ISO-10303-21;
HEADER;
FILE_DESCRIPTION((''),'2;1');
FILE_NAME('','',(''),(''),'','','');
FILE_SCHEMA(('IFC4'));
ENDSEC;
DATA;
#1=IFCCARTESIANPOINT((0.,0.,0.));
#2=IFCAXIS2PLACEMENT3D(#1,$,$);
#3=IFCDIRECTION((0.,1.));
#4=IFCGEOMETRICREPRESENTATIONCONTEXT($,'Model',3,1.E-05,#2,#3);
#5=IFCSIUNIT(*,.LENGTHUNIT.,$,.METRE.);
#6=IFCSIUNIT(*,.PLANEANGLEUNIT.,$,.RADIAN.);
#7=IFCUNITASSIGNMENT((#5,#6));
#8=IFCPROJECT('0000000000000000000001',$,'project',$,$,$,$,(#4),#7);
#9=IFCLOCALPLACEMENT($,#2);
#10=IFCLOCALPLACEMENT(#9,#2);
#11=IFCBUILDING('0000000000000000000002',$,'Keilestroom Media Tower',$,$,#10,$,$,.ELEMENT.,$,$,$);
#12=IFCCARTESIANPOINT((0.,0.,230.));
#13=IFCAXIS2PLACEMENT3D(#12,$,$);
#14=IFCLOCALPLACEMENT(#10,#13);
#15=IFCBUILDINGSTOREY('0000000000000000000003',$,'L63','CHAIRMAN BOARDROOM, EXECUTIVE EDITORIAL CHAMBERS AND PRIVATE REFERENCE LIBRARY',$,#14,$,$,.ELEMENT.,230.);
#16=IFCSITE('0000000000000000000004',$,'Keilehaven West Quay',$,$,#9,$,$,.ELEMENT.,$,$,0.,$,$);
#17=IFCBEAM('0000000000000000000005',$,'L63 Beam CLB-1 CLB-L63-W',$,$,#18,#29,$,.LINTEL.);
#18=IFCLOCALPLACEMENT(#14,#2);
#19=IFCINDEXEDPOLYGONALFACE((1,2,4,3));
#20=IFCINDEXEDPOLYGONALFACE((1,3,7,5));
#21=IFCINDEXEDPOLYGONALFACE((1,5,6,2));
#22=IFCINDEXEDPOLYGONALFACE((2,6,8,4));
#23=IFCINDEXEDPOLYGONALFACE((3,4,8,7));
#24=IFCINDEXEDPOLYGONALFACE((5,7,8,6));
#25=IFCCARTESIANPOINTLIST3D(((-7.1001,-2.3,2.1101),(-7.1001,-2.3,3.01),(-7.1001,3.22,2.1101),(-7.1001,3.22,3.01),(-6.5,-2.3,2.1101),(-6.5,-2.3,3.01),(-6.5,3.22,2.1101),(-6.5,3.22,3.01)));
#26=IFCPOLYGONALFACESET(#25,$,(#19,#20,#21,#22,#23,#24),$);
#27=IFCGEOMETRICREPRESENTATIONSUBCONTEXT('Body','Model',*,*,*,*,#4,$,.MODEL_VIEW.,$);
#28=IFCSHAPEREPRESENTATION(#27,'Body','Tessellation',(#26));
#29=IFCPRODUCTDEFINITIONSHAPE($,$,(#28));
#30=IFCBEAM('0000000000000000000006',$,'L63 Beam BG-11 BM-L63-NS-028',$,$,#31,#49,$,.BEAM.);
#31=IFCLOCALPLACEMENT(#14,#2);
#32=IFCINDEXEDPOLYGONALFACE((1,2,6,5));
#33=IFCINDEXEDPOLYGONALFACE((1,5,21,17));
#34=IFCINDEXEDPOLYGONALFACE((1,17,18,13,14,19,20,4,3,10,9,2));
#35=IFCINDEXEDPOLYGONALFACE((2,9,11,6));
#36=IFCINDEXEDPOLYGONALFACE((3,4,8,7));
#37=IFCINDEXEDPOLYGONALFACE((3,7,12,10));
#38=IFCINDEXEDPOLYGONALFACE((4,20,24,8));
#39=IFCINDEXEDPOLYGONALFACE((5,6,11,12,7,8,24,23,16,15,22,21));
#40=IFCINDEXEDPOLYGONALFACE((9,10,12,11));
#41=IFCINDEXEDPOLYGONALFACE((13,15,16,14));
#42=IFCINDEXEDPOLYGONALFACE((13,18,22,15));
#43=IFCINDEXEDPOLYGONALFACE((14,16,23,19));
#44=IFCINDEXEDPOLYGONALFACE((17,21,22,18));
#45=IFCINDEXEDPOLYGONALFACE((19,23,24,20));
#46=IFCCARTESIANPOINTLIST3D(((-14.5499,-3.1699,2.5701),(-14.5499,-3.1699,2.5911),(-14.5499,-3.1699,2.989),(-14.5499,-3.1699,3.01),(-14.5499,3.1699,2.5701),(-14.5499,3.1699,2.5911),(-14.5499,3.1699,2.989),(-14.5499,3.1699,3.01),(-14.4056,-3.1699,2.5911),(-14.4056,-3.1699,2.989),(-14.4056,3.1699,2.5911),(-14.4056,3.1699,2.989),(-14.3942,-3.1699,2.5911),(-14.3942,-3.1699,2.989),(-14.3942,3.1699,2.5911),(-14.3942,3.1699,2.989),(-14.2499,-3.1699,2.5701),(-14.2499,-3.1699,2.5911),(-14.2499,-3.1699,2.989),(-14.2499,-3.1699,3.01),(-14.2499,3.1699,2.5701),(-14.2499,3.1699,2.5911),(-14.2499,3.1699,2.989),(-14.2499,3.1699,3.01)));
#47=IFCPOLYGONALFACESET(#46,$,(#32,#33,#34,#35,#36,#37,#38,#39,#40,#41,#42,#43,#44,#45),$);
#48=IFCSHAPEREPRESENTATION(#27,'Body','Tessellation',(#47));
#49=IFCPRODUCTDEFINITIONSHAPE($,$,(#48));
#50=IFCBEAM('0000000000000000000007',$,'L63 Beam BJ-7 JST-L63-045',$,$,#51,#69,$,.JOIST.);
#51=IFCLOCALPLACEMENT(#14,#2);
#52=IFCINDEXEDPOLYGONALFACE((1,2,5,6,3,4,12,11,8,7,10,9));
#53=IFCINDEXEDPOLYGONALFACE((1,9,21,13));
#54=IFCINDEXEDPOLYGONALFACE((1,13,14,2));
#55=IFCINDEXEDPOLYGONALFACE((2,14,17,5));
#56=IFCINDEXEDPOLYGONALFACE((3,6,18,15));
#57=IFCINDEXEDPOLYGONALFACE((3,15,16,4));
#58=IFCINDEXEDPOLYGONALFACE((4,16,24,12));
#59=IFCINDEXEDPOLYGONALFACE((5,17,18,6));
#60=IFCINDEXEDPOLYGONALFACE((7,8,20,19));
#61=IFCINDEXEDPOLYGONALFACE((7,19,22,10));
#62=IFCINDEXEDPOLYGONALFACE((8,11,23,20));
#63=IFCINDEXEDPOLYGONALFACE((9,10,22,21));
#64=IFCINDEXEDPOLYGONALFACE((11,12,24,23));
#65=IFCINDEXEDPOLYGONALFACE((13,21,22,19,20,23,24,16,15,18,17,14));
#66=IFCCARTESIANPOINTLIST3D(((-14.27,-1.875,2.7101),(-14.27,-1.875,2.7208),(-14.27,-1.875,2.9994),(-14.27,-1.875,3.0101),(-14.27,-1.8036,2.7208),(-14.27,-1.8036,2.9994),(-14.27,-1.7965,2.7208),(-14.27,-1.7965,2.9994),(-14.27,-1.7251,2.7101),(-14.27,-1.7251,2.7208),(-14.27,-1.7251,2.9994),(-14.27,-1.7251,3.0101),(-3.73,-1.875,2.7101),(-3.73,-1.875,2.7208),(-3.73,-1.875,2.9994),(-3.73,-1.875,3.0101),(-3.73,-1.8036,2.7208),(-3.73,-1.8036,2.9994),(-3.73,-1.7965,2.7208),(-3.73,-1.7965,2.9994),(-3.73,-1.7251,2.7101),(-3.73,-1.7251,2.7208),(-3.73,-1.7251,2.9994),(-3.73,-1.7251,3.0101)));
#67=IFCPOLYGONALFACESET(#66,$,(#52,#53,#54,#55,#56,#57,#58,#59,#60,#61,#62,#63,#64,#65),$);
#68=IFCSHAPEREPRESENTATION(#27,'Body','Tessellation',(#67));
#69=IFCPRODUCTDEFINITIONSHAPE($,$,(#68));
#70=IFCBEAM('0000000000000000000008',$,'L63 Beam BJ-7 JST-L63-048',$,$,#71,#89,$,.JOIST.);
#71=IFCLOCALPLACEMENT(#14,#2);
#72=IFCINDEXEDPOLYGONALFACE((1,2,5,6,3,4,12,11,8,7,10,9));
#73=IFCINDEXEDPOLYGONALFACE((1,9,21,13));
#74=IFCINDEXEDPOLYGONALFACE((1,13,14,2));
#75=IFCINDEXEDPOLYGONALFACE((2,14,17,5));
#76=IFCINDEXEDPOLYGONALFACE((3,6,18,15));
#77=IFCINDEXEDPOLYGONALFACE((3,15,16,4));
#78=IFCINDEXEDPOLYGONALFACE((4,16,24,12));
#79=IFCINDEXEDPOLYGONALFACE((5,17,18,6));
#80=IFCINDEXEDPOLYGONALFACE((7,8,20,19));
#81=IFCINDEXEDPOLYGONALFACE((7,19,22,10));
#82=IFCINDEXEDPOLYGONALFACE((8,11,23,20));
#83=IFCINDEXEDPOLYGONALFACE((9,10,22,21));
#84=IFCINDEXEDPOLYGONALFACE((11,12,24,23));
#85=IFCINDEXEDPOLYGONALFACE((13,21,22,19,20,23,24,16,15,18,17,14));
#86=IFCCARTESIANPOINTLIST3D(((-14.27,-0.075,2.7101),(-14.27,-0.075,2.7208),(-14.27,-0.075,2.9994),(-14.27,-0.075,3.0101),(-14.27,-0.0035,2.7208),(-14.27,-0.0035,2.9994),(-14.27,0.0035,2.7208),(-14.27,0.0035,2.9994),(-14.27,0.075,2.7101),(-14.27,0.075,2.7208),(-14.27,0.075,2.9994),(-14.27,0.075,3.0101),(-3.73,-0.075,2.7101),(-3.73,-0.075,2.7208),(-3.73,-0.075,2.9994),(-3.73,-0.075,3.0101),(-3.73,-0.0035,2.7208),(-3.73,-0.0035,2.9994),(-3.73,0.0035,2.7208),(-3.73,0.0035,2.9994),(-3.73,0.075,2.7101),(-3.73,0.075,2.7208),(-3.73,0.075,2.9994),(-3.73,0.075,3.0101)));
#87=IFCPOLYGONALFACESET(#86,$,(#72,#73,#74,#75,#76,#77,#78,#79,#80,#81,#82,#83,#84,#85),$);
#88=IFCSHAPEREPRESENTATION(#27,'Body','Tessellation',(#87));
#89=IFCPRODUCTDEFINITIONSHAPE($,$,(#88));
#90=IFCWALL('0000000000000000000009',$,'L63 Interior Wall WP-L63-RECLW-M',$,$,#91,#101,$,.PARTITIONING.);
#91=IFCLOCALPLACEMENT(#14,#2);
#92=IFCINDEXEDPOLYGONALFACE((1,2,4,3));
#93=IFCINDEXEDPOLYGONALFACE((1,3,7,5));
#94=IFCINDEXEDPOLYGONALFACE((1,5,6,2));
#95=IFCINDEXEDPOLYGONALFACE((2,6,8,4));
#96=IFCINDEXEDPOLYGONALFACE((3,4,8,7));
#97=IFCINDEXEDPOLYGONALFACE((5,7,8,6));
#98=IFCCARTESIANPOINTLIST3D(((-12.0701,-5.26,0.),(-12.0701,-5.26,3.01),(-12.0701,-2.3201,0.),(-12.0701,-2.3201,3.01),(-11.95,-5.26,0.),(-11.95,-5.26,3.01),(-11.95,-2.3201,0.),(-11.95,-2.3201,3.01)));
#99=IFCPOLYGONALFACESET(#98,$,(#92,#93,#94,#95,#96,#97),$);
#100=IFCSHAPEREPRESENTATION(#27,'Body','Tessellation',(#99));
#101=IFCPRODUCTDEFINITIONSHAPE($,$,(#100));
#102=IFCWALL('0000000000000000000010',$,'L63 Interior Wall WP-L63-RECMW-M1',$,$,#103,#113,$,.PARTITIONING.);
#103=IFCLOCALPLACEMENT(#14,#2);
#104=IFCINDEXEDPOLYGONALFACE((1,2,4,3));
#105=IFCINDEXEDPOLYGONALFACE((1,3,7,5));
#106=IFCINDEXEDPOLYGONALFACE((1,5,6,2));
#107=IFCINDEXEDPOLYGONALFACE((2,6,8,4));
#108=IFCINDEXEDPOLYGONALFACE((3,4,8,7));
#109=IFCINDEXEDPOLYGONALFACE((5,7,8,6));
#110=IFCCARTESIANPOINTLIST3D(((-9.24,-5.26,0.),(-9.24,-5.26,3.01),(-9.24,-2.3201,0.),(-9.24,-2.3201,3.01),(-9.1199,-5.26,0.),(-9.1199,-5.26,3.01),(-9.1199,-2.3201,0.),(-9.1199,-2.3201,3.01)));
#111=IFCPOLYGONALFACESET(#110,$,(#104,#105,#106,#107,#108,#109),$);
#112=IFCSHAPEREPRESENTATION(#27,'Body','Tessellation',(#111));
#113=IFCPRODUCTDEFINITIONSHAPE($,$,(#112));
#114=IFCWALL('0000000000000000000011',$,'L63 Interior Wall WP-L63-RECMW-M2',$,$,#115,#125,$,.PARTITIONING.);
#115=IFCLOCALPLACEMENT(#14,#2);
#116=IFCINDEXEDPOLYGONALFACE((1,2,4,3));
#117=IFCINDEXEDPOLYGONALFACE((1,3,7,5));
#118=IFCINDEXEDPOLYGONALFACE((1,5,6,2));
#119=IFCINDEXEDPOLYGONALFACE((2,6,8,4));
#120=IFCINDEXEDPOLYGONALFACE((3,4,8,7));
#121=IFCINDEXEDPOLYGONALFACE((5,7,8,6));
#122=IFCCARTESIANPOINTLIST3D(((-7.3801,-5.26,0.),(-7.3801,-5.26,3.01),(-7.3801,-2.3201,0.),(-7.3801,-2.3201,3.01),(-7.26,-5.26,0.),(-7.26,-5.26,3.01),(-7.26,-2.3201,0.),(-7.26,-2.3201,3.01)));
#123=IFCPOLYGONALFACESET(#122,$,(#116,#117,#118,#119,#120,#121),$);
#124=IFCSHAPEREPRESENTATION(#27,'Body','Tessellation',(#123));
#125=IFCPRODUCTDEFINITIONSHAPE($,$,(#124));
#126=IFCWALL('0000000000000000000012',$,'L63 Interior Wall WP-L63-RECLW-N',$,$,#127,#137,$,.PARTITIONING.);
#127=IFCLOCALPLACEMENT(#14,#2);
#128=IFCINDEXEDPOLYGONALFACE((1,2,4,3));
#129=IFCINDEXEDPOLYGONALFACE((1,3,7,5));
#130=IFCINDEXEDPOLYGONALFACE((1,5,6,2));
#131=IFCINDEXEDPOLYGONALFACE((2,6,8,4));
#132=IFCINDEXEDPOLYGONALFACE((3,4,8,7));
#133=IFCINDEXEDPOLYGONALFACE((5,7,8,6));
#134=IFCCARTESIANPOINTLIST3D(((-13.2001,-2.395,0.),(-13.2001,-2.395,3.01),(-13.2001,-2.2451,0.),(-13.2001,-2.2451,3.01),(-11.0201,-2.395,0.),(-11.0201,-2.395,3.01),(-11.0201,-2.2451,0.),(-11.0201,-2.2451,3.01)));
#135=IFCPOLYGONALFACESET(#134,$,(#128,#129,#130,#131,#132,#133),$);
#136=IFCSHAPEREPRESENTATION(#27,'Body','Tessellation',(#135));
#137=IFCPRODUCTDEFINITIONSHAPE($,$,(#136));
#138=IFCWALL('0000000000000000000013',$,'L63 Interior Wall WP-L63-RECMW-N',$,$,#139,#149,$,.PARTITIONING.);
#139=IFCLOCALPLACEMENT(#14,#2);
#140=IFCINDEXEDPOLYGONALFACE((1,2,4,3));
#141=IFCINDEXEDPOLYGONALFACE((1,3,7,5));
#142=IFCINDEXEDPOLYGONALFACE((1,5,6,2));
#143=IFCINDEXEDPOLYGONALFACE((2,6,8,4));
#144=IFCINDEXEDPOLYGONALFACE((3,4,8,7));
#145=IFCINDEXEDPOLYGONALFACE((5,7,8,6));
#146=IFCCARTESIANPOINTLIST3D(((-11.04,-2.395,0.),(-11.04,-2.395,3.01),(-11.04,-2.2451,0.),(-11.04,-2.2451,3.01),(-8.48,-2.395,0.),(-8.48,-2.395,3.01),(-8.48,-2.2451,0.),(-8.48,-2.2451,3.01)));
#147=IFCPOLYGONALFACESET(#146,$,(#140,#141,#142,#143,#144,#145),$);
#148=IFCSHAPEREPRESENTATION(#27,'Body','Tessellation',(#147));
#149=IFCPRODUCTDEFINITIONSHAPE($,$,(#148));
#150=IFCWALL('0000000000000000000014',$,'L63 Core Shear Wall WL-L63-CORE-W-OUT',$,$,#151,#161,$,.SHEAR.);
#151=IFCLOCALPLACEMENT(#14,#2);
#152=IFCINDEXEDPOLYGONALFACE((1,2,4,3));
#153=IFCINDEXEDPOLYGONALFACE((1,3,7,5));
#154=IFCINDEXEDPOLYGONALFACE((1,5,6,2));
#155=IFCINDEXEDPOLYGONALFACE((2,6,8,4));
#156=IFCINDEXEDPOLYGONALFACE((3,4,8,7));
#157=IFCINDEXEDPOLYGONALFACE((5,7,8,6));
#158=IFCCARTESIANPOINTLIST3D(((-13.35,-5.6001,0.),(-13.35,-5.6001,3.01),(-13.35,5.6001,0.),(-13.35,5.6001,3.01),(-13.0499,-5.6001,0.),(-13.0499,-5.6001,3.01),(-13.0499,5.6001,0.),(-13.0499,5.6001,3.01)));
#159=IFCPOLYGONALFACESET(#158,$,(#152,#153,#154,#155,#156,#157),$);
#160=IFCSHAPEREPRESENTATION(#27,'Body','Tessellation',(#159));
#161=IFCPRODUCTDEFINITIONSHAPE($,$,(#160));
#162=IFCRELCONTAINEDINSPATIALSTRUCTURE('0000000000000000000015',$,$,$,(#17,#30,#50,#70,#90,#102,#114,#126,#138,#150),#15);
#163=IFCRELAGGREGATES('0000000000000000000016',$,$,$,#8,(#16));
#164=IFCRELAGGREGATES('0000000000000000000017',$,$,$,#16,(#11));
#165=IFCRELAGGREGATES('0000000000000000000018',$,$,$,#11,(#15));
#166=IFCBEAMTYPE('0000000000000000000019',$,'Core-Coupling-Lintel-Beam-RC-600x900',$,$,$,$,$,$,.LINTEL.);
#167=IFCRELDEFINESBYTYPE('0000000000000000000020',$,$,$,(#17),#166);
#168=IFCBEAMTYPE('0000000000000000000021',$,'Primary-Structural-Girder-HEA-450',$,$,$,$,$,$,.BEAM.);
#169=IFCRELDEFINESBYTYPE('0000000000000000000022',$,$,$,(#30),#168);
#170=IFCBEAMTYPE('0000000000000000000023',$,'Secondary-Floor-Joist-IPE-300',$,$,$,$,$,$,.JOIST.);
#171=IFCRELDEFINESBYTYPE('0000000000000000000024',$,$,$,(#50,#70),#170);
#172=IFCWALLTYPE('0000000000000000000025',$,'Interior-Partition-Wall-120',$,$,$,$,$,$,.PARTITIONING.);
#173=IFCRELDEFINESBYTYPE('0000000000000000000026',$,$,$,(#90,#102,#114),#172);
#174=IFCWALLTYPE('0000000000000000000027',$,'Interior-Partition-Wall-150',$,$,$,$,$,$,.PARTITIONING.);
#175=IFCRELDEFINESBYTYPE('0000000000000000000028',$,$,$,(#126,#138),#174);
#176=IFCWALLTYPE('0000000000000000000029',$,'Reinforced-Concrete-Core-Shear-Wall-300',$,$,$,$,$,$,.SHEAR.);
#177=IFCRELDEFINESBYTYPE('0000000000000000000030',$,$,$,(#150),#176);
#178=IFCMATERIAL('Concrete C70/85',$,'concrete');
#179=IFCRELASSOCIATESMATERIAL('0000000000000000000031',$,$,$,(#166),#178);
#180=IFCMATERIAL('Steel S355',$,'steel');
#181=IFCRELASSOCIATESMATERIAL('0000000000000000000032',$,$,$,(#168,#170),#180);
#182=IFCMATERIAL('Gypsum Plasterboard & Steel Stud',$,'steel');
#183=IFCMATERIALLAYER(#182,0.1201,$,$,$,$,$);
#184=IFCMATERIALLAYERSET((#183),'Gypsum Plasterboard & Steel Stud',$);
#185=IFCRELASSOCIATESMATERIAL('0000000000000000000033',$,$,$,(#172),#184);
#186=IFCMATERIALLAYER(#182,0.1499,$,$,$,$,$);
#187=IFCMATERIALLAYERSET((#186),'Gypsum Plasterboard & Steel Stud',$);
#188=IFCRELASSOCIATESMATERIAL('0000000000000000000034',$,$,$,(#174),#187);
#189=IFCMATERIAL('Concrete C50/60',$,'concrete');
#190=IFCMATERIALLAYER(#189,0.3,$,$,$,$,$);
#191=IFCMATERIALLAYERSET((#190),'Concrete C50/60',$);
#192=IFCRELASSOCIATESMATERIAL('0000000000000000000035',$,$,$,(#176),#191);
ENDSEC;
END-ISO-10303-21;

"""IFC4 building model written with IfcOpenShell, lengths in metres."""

from ifc_helpers import new_model, si_unit, direction, frame, frame_2d, origin, origin_2d, place, context, subcontext, project, spatial, rectangle, i_section, extrude, source, transform, mapped, material, layer, layer_set, material_profile, profile_set, type_object, element, save


model = new_model("IFC4")

# Units and contexts
model_context = context("Model", 3, precision=1e-05, world=origin(), true_north=direction((0.0, 1.0)))
body_context = subcontext(model_context, "Body", "Model", "MODEL_VIEW")
ifc_project = project(units=[si_unit("LENGTHUNIT", "METRE"), si_unit("PLANEANGLEUNIT", "RADIAN")], contexts=[model_context])

# Site, building, storey
site_placement = place(None, origin())
site = spatial("IfcSite", under=ifc_project, at=site_placement, Name="Keilehaven West Quay", CompositionType="ELEMENT", RefElevation=0.0)
building_placement = place(site_placement, origin())
building = spatial("IfcBuilding", under=site, at=building_placement, Name="Keilestroom Media Tower", CompositionType="ELEMENT")
storey_placement = place(building_placement, frame((0.0, 0.0, 230.0)))
storey = spatial("IfcBuildingStorey", under=building, at=storey_placement, Name="L63", Description="CHAIRMAN BOARDROOM, EXECUTIVE EDITORIAL CHAMBERS AND PRIVATE REFERENCE LIBRARY", CompositionType="ELEMENT", Elevation=230.0)

# Beams
ifc_material_1 = material(Name="Concrete C70/85", Category="concrete")
ifc_material_profile_1 = material_profile(ifc_material_1, rectangle(XDim=0.6001, YDim=0.8999, at=origin_2d()), Name="RC 600x900")
ifc_profile_set_1 = profile_set([ifc_material_profile_1], Name="Concrete C70/85")
beam_type_1 = type_object("IfcBeamType", Name="Core-Coupling-Lintel-Beam-RC-600x900", PredefinedType="LINTEL", material=ifc_profile_set_1)
shared_shape_1 = source(origin(), body_context, "Body", "SweptSolid", [
    extrude(rectangle(XDim=0.6001, YDim=0.8999, at=origin_2d()), origin(), (0.0, 0.0, 1.0), 5.52),
])
beam_1_placement = place(storey_placement, frame((-6.8, -2.3, 2.5601), z_axis=(0.0, 1.0, 0.0), x_axis=(-1.0, 0.0, 0.0)))
element("IfcBeam", 1, at=beam_1_placement, inside=storey, type_object=beam_type_1, Name="L63 Beam CLB-1 CLB-L63-W", PredefinedType="LINTEL", context=body_context, shape_type="MappedRepresentation", body=[
    mapped(shared_shape_1, transform((0.0, 0.0, 0.0), x_axis=(1.0, 0.0, 0.0), y_axis=(0.0, 1.0, 0.0), z_axis=(0.0, 0.0, 1.0), scale=1.0)),
])
ifc_material_2 = material(Name="Steel S355", Category="steel")
ifc_material_profile_2 = material_profile(ifc_material_2, i_section(OverallWidth=0.3, OverallDepth=0.4399, WebThickness=0.0115, FlangeThickness=0.021, at=origin_2d()), Name="HEA 450")
ifc_profile_set_2 = profile_set([ifc_material_profile_2], Name="Steel S355")
beam_type_2 = type_object("IfcBeamType", Name="Primary-Structural-Girder-HEA-450", PredefinedType="BEAM", material=ifc_profile_set_2)
shared_shape_2 = source(origin(), body_context, "Body", "SweptSolid", [
    extrude(i_section(OverallWidth=0.3, OverallDepth=0.4399, WebThickness=0.0115, FlangeThickness=0.021, at=origin_2d()), origin(), (0.0, 0.0, 1.0), 6.3398),
])
beam_2_placement = place(storey_placement, frame((-14.3999, -3.1699, 2.79), z_axis=(0.0, 1.0, 0.0), x_axis=(-1.0, 0.0, 0.0)))
element("IfcBeam", 2, at=beam_2_placement, inside=storey, type_object=beam_type_2, Name="L63 Beam BG-11 BM-L63-NS-028", PredefinedType="BEAM", context=body_context, shape_type="MappedRepresentation", body=[
    mapped(shared_shape_2, transform((0.0, 0.0, 0.0), x_axis=(1.0, 0.0, 0.0), y_axis=(0.0, 1.0, 0.0), z_axis=(0.0, 0.0, 1.0), scale=1.0)),
])
ifc_material_profile_3 = material_profile(ifc_material_2, i_section(OverallWidth=0.1499, OverallDepth=0.3, WebThickness=0.0071, FlangeThickness=0.0107, at=origin_2d()), Name="IPE 300")
ifc_profile_set_3 = profile_set([ifc_material_profile_3], Name="Steel S355")
beam_type_3 = type_object("IfcBeamType", Name="Secondary-Floor-Joist-IPE-300", PredefinedType="JOIST", material=ifc_profile_set_3)
shared_shape_3 = source(origin(), body_context, "Body", "SweptSolid", [
    extrude(i_section(OverallWidth=0.1499, OverallDepth=0.3, WebThickness=0.0071, FlangeThickness=0.0107, at=origin_2d()), origin(), (0.0, 0.0, 1.0), 10.54),
])
for number, where, z_axis, x_axis, name in (
    (3, (-14.27, -1.8, 2.8601), (1.0, 0.0, 0.0), (0.0, 1.0, 0.0), "L63 Beam BJ-7 JST-L63-045"),
    (4, (-14.27, 0.0, 2.8601), (1.0, 0.0, 0.0), (0.0, 1.0, 0.0), "L63 Beam BJ-7 JST-L63-048"),
):
    element("IfcBeam", number, at=place(storey_placement, frame(where, z_axis=z_axis, x_axis=x_axis)), inside=storey, type_object=beam_type_3, Name=name, PredefinedType="JOIST", context=body_context, shape_type="MappedRepresentation", body=[
        mapped(shared_shape_3, transform((0.0, 0.0, 0.0), x_axis=(1.0, 0.0, 0.0), y_axis=(0.0, 1.0, 0.0), z_axis=(0.0, 0.0, 1.0), scale=1.0)),
    ])

# Walls
ifc_material_3 = material(Name="Gypsum Plasterboard & Steel Stud", Category="steel")
ifc_layer_1 = layer(ifc_material_3, 0.1201)
ifc_layer_set_1 = layer_set([ifc_layer_1], Name="Gypsum Plasterboard & Steel Stud")
wall_type_1 = type_object("IfcWallType", Name="Interior-Partition-Wall-120", PredefinedType="PARTITIONING", material=ifc_layer_set_1)
for number, where, z_axis, x_axis, name in (
    (5, (-12.01, -5.26, 0.0), (0.0, 0.0, 1.0), (0.0, 1.0, 0.0), "L63 Interior Wall WP-L63-RECLW-M"),
    (6, (-9.1799, -5.26, 0.0), (0.0, 0.0, 1.0), (0.0, 1.0, 0.0), "L63 Interior Wall WP-L63-RECMW-M1"),
    (7, (-7.3201, -5.26, 0.0), (0.0, 0.0, 1.0), (0.0, 1.0, 0.0), "L63 Interior Wall WP-L63-RECMW-M2"),
):
    element("IfcWall", number, at=place(storey_placement, frame(where, z_axis=z_axis, x_axis=x_axis)), inside=storey, type_object=wall_type_1, Name=name, PredefinedType="PARTITIONING", context=body_context, shape_type="SweptSolid", body=[
        extrude(rectangle(XDim=2.9399, YDim=0.1201, at=frame_2d((1.47, 0.0))), origin(), (0.0, 0.0, 1.0), 3.01),
    ])
ifc_layer_2 = layer(ifc_material_3, 0.1499)
ifc_layer_set_2 = layer_set([ifc_layer_2], Name="Gypsum Plasterboard & Steel Stud")
wall_type_2 = type_object("IfcWallType", Name="Interior-Partition-Wall-150", PredefinedType="PARTITIONING", material=ifc_layer_set_2)
wall_1_placement = place(storey_placement, frame((-13.2, -2.3201, 0.0), z_axis=(0.0, 0.0, 1.0), x_axis=(1.0, 0.0, 0.0)))
element("IfcWall", 8, at=wall_1_placement, inside=storey, type_object=wall_type_2, Name="L63 Interior Wall WP-L63-RECLW-N", PredefinedType="PARTITIONING", context=body_context, shape_type="SweptSolid", body=[
    extrude(rectangle(XDim=2.1799, YDim=0.1499, at=frame_2d((1.0898, 0.0))), origin(), (0.0, 0.0, 1.0), 3.01),
])
wall_2_placement = place(storey_placement, frame((-11.04, -2.3201, 0.0), z_axis=(0.0, 0.0, 1.0), x_axis=(1.0, 0.0, 0.0)))
element("IfcWall", 9, at=wall_2_placement, inside=storey, type_object=wall_type_2, Name="L63 Interior Wall WP-L63-RECMW-N", PredefinedType="PARTITIONING", context=body_context, shape_type="SweptSolid", body=[
    extrude(rectangle(XDim=2.5601, YDim=0.1499, at=frame_2d((1.28, 0.0))), origin(), (0.0, 0.0, 1.0), 3.01),
])
ifc_material_4 = material(Name="Concrete C50/60", Category="concrete")
ifc_layer_3 = layer(ifc_material_4, 0.3)
ifc_layer_set_3 = layer_set([ifc_layer_3], Name="Concrete C50/60")
wall_type_3 = type_object("IfcWallType", Name="Reinforced-Concrete-Core-Shear-Wall-300", PredefinedType="SHEAR", material=ifc_layer_set_3)
wall_3_placement = place(storey_placement, frame((-13.2, -5.6001, 0.0), z_axis=(0.0, 0.0, 1.0), x_axis=(0.0, 1.0, 0.0)))
element("IfcWall", 10, at=wall_3_placement, inside=storey, type_object=wall_type_3, Name="L63 Core Shear Wall WL-L63-CORE-W-OUT", PredefinedType="SHEAR", context=body_context, shape_type="SweptSolid", body=[
    extrude(rectangle(XDim=11.2002, YDim=0.3, at=frame_2d((5.6001, 0.0))), origin(), (0.0, 0.0, 1.0), 3.01),
])

save(model, "model.ifc")
